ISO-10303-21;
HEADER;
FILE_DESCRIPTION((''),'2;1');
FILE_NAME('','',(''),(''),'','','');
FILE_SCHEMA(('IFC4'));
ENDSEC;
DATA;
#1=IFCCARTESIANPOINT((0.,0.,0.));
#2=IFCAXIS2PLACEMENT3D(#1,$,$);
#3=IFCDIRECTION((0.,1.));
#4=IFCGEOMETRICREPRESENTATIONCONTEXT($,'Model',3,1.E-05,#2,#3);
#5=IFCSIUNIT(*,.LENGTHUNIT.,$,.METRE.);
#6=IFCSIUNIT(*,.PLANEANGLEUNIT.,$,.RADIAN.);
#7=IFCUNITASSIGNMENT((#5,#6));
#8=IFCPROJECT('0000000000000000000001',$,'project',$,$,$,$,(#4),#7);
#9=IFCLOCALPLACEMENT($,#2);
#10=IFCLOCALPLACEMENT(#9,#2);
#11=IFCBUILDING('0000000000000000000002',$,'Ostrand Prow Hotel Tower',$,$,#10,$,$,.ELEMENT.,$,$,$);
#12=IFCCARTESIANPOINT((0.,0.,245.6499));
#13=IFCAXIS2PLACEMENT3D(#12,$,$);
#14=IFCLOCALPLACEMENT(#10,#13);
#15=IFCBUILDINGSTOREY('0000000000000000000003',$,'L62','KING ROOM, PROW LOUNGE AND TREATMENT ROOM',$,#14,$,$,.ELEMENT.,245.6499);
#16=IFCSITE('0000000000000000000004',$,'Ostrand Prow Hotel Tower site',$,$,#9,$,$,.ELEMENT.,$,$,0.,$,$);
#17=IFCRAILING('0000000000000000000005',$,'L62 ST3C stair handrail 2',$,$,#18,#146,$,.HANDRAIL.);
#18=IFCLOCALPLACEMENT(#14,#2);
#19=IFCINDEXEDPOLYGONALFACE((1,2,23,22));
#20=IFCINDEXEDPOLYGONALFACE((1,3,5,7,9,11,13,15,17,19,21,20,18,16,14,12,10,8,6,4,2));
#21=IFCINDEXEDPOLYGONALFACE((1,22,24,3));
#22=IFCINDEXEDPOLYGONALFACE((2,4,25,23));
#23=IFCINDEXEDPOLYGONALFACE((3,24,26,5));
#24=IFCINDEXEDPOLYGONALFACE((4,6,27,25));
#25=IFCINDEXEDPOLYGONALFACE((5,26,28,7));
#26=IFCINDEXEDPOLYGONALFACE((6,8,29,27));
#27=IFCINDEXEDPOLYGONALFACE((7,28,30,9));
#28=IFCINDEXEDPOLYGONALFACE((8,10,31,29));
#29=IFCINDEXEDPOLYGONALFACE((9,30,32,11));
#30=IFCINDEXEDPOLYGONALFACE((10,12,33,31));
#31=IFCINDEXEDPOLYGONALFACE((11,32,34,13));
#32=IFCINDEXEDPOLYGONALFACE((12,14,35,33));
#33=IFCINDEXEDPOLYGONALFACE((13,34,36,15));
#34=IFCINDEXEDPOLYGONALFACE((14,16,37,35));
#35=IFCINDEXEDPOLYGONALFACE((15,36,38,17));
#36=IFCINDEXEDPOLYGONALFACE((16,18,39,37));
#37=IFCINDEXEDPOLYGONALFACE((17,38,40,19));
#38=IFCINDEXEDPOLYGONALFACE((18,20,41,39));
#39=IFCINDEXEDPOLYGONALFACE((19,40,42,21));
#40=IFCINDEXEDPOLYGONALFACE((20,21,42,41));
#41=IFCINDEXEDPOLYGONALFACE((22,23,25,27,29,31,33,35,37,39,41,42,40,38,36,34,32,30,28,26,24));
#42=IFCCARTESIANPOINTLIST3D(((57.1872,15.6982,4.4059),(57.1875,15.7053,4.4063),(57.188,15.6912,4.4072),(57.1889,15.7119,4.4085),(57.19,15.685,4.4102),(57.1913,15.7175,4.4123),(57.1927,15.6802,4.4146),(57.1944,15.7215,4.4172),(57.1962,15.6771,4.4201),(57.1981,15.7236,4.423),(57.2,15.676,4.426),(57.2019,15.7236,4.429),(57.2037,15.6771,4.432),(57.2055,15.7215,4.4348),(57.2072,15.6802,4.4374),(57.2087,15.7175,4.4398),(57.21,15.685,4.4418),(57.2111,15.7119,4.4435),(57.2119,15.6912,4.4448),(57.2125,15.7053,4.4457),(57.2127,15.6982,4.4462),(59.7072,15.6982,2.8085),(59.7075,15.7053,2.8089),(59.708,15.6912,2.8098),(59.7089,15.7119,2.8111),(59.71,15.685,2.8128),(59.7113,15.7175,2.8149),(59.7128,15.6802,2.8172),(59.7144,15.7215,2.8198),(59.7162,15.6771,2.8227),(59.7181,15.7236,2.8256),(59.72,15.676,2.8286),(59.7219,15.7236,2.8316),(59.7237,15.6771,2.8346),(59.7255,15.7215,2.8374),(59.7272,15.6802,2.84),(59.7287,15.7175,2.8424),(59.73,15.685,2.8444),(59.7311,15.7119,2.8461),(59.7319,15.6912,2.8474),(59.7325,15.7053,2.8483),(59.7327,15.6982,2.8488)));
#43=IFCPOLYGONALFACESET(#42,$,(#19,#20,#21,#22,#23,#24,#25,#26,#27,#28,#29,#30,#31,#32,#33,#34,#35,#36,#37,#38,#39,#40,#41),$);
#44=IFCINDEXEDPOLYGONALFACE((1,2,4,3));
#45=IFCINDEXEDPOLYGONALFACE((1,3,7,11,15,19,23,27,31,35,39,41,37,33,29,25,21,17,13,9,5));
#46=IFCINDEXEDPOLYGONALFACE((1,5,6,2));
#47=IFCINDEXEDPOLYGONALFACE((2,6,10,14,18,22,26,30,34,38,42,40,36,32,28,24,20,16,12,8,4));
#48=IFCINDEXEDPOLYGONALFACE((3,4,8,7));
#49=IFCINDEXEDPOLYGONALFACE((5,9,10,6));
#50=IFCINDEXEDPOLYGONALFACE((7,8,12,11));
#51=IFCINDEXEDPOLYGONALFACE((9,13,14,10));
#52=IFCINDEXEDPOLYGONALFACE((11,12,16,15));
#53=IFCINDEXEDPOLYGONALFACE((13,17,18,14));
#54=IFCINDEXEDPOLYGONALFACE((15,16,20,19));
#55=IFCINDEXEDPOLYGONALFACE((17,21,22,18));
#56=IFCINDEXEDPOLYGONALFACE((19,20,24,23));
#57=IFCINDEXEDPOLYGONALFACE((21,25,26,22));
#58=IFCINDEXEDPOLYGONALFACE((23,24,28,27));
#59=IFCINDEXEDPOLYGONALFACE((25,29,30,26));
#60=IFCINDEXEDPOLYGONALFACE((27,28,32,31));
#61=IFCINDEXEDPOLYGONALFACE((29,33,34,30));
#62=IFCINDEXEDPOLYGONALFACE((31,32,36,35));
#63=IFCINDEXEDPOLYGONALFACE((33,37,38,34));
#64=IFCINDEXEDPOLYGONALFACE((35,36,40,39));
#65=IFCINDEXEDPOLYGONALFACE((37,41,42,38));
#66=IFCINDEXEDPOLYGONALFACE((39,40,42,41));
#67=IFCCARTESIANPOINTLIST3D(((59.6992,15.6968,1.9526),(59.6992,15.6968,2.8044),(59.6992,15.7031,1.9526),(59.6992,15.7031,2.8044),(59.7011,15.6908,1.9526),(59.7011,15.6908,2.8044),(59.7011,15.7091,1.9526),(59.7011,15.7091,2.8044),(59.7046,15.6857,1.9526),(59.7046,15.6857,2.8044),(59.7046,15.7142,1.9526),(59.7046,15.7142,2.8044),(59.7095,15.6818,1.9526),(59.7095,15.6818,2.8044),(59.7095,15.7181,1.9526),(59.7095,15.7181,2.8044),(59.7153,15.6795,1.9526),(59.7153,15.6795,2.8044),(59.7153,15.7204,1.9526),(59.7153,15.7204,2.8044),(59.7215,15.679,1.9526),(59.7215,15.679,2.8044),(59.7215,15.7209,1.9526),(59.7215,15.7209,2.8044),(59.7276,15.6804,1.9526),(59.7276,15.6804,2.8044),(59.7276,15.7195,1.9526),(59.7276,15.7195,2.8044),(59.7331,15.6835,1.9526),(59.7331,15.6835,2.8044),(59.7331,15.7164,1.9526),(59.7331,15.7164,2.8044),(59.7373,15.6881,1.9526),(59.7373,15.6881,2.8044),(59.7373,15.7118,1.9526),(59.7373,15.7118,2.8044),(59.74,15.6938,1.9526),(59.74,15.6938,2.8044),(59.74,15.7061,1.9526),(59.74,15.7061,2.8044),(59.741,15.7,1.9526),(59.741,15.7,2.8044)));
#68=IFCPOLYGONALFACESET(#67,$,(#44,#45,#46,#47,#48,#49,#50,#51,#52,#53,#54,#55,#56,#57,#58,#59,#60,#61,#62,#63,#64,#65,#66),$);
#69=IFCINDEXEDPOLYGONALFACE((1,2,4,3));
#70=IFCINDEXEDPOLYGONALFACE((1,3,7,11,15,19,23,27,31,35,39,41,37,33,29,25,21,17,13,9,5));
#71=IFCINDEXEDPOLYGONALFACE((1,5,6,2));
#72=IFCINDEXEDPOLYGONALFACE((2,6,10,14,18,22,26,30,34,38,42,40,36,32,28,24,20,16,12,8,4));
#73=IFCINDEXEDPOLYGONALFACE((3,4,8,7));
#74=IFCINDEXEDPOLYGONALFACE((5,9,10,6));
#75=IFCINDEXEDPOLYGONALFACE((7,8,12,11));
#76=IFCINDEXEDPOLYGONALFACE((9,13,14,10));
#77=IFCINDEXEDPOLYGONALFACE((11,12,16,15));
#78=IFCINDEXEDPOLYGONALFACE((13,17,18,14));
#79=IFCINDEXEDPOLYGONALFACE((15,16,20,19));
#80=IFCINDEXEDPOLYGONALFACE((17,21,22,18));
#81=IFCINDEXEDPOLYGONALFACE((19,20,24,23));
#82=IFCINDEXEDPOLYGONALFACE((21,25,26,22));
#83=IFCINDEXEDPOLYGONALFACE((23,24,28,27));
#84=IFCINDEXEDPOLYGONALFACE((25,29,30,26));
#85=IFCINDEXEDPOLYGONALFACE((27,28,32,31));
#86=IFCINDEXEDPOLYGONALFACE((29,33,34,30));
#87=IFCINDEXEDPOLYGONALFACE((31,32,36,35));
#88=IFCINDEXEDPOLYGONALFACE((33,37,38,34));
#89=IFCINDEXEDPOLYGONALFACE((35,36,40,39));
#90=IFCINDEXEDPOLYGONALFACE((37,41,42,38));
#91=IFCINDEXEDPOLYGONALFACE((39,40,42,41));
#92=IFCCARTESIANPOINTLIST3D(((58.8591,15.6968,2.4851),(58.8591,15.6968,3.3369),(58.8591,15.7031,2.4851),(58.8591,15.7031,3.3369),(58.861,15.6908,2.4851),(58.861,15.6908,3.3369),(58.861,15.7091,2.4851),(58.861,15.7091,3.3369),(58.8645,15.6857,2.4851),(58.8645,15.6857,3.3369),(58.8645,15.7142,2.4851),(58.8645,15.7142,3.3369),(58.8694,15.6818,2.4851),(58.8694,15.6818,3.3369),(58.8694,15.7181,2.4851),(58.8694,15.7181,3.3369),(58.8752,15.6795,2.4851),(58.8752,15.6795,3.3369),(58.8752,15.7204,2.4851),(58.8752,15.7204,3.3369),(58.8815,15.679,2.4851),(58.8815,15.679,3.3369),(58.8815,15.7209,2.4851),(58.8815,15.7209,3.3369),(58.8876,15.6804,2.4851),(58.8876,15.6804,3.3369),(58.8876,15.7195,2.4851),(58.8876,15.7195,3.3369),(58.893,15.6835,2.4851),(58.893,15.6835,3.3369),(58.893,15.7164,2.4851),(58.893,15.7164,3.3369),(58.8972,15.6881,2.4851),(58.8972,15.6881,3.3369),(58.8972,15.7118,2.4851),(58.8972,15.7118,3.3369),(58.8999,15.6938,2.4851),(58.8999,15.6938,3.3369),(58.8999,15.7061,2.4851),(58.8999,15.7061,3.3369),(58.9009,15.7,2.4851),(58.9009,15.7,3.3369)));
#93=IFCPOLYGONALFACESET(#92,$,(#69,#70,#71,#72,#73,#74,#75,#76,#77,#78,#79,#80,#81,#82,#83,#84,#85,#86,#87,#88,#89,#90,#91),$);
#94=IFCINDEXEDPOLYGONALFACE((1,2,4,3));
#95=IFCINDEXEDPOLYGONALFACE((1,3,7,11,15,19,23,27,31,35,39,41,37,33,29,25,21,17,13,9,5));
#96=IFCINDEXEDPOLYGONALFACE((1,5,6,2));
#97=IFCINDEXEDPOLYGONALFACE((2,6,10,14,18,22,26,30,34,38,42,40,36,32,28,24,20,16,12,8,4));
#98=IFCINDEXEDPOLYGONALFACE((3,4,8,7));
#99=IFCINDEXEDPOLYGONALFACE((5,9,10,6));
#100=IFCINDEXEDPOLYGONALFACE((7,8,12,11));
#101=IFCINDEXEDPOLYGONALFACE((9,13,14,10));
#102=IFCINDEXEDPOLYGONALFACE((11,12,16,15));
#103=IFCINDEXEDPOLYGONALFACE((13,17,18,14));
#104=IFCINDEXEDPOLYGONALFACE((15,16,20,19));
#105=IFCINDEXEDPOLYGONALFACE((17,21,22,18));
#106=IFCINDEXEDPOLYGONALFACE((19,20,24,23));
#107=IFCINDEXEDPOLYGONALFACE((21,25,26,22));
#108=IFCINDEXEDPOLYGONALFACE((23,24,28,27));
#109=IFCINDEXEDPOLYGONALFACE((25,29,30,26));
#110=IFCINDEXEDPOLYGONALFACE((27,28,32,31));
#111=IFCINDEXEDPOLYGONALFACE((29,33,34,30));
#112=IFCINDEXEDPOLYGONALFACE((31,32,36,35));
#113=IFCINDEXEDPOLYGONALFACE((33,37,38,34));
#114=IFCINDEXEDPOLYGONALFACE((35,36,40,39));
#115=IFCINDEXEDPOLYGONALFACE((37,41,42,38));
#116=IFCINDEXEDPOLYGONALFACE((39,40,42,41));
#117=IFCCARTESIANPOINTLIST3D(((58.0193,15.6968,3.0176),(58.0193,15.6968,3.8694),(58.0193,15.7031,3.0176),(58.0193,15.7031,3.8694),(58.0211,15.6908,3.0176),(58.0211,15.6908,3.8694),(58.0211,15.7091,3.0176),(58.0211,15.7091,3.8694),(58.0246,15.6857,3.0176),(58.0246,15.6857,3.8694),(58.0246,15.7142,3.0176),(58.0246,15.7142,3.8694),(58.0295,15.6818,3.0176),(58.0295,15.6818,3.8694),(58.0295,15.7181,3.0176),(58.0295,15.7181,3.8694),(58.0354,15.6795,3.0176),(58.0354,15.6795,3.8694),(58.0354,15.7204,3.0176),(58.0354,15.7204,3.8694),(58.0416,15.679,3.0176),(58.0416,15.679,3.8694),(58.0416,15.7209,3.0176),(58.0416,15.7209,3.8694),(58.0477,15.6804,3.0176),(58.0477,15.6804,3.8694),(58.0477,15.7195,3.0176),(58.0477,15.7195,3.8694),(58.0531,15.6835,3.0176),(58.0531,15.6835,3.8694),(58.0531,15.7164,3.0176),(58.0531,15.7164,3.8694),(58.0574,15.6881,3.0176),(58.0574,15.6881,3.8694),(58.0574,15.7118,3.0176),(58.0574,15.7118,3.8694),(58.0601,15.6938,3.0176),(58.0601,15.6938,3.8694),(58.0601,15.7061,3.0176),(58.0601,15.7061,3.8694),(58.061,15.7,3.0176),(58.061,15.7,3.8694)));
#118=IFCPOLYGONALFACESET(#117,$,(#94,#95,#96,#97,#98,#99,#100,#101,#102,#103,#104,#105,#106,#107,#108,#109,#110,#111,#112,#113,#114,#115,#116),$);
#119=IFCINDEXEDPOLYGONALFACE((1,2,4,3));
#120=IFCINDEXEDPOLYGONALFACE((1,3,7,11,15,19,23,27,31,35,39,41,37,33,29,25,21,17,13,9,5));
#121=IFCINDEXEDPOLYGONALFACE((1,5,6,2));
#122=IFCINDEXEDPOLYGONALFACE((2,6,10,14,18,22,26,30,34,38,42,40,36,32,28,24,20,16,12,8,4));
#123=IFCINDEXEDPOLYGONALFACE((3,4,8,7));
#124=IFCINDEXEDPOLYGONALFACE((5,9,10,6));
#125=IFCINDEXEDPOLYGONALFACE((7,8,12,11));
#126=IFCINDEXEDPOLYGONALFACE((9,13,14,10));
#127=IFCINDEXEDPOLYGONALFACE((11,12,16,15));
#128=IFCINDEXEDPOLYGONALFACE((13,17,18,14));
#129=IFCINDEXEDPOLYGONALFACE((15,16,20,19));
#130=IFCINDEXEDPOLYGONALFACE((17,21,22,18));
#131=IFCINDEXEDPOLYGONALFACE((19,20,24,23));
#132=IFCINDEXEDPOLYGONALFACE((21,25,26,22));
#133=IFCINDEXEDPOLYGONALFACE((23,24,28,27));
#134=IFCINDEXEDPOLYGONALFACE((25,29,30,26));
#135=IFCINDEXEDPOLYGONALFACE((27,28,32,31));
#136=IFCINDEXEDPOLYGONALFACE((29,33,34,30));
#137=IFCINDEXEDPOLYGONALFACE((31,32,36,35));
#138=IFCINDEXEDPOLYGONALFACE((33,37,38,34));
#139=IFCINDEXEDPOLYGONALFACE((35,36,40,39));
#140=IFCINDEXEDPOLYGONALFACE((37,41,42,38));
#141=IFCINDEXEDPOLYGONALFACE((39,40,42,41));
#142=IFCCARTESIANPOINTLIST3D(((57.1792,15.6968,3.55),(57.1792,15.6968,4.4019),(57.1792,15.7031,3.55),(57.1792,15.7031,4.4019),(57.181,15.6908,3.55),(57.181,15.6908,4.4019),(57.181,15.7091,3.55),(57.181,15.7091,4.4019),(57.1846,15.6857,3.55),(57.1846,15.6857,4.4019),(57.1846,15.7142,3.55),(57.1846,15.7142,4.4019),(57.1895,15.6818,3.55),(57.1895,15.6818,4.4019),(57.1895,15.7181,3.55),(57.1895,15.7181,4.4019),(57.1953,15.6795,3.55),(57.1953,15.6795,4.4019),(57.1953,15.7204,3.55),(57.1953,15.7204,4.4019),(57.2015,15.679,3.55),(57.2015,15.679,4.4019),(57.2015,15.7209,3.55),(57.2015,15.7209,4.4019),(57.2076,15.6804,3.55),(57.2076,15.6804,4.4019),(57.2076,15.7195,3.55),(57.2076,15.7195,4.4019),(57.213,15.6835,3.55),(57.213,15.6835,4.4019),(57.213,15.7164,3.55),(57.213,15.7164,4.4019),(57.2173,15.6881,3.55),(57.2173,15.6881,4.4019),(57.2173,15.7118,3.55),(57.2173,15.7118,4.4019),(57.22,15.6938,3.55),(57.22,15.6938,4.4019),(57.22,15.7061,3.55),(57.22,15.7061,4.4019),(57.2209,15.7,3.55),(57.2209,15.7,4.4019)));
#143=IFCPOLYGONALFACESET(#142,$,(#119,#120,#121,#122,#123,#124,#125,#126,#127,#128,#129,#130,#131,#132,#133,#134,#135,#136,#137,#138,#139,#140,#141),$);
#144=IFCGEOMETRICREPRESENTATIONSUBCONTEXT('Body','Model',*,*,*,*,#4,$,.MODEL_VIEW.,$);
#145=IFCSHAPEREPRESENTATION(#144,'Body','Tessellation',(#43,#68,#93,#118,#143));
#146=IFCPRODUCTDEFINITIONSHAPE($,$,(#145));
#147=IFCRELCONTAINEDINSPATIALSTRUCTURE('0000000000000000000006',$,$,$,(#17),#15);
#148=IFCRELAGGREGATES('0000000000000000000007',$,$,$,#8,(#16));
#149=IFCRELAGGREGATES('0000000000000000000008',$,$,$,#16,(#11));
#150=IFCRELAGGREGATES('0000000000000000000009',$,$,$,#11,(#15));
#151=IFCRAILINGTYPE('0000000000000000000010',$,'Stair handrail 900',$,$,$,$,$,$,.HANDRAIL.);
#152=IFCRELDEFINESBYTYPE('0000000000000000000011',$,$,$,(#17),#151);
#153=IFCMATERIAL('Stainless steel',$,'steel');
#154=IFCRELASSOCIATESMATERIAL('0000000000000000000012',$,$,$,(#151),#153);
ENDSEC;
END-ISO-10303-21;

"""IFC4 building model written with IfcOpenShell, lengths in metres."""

from ifc_helpers import new_model, si_unit, direction, frame, origin, origin_2d, place, context, subcontext, project, spatial, circle, extrude, material, type_object, element, save


model = new_model("IFC4")

# Units and contexts
model_context = context("Model", 3, precision=1e-05, world=origin(), true_north=direction((0.0, 1.0)))
body_context = subcontext(model_context, "Body", "Model", "MODEL_VIEW")
ifc_project = project(units=[si_unit("LENGTHUNIT", "METRE"), si_unit("PLANEANGLEUNIT", "RADIAN")], contexts=[model_context])

# Site, building, storey
site_placement = place(None, origin())
site = spatial("IfcSite", under=ifc_project, at=site_placement, Name="Ostrand Prow Hotel Tower site", CompositionType="ELEMENT", RefElevation=0.0)
building_placement = place(site_placement, origin())
building = spatial("IfcBuilding", under=site, at=building_placement, Name="Ostrand Prow Hotel Tower", CompositionType="ELEMENT")
storey_placement = place(building_placement, frame((0.0, 0.0, 245.6499)))
storey = spatial("IfcBuildingStorey", under=building, at=storey_placement, Name="L62", Description="KING ROOM, PROW LOUNGE AND TREATMENT ROOM", CompositionType="ELEMENT", Elevation=245.6499)

# Railing
ifc_material_1 = material(Name="Stainless steel", Category="steel")
railing_type_1 = type_object("IfcRailingType", Name="Stair handrail 900", PredefinedType="HANDRAIL", material=ifc_material_1)
railing_1_placement = place(storey_placement, frame((59.72, 15.7, 1.9526)))
element("IfcRailing", 1, at=railing_1_placement, inside=storey, type_object=railing_type_1, Name="L62 ST3C stair handrail 2", PredefinedType="HANDRAIL", context=body_context, shape_type="SweptSolid", body=[
    extrude(circle(Radius=0.0239, at=origin_2d()), frame((0.0, 0.0, 0.876), z_axis=(-0.844607, 0.0, 0.535387), x_axis=(0.0, -1.0, 0.0)), (0.0, 0.0, 1.0), 2.9836),
    extrude(circle(Radius=0.021, at=origin_2d()), origin(), (0.0, 0.0, 1.0), 0.8518),
    extrude(circle(Radius=0.021, at=origin_2d()), frame((-0.8401, 0.0, 0.5325)), (0.0, 0.0, 1.0), 0.8518),
    extrude(circle(Radius=0.021, at=origin_2d()), frame((-1.6799, 0.0, 1.0649)), (0.0, 0.0, 1.0), 0.8518),
    extrude(circle(Radius=0.021, at=origin_2d()), frame((-2.52, 0.0, 1.5974)), (0.0, 0.0, 1.0), 0.8518),
])

save(model, "model.ifc")
